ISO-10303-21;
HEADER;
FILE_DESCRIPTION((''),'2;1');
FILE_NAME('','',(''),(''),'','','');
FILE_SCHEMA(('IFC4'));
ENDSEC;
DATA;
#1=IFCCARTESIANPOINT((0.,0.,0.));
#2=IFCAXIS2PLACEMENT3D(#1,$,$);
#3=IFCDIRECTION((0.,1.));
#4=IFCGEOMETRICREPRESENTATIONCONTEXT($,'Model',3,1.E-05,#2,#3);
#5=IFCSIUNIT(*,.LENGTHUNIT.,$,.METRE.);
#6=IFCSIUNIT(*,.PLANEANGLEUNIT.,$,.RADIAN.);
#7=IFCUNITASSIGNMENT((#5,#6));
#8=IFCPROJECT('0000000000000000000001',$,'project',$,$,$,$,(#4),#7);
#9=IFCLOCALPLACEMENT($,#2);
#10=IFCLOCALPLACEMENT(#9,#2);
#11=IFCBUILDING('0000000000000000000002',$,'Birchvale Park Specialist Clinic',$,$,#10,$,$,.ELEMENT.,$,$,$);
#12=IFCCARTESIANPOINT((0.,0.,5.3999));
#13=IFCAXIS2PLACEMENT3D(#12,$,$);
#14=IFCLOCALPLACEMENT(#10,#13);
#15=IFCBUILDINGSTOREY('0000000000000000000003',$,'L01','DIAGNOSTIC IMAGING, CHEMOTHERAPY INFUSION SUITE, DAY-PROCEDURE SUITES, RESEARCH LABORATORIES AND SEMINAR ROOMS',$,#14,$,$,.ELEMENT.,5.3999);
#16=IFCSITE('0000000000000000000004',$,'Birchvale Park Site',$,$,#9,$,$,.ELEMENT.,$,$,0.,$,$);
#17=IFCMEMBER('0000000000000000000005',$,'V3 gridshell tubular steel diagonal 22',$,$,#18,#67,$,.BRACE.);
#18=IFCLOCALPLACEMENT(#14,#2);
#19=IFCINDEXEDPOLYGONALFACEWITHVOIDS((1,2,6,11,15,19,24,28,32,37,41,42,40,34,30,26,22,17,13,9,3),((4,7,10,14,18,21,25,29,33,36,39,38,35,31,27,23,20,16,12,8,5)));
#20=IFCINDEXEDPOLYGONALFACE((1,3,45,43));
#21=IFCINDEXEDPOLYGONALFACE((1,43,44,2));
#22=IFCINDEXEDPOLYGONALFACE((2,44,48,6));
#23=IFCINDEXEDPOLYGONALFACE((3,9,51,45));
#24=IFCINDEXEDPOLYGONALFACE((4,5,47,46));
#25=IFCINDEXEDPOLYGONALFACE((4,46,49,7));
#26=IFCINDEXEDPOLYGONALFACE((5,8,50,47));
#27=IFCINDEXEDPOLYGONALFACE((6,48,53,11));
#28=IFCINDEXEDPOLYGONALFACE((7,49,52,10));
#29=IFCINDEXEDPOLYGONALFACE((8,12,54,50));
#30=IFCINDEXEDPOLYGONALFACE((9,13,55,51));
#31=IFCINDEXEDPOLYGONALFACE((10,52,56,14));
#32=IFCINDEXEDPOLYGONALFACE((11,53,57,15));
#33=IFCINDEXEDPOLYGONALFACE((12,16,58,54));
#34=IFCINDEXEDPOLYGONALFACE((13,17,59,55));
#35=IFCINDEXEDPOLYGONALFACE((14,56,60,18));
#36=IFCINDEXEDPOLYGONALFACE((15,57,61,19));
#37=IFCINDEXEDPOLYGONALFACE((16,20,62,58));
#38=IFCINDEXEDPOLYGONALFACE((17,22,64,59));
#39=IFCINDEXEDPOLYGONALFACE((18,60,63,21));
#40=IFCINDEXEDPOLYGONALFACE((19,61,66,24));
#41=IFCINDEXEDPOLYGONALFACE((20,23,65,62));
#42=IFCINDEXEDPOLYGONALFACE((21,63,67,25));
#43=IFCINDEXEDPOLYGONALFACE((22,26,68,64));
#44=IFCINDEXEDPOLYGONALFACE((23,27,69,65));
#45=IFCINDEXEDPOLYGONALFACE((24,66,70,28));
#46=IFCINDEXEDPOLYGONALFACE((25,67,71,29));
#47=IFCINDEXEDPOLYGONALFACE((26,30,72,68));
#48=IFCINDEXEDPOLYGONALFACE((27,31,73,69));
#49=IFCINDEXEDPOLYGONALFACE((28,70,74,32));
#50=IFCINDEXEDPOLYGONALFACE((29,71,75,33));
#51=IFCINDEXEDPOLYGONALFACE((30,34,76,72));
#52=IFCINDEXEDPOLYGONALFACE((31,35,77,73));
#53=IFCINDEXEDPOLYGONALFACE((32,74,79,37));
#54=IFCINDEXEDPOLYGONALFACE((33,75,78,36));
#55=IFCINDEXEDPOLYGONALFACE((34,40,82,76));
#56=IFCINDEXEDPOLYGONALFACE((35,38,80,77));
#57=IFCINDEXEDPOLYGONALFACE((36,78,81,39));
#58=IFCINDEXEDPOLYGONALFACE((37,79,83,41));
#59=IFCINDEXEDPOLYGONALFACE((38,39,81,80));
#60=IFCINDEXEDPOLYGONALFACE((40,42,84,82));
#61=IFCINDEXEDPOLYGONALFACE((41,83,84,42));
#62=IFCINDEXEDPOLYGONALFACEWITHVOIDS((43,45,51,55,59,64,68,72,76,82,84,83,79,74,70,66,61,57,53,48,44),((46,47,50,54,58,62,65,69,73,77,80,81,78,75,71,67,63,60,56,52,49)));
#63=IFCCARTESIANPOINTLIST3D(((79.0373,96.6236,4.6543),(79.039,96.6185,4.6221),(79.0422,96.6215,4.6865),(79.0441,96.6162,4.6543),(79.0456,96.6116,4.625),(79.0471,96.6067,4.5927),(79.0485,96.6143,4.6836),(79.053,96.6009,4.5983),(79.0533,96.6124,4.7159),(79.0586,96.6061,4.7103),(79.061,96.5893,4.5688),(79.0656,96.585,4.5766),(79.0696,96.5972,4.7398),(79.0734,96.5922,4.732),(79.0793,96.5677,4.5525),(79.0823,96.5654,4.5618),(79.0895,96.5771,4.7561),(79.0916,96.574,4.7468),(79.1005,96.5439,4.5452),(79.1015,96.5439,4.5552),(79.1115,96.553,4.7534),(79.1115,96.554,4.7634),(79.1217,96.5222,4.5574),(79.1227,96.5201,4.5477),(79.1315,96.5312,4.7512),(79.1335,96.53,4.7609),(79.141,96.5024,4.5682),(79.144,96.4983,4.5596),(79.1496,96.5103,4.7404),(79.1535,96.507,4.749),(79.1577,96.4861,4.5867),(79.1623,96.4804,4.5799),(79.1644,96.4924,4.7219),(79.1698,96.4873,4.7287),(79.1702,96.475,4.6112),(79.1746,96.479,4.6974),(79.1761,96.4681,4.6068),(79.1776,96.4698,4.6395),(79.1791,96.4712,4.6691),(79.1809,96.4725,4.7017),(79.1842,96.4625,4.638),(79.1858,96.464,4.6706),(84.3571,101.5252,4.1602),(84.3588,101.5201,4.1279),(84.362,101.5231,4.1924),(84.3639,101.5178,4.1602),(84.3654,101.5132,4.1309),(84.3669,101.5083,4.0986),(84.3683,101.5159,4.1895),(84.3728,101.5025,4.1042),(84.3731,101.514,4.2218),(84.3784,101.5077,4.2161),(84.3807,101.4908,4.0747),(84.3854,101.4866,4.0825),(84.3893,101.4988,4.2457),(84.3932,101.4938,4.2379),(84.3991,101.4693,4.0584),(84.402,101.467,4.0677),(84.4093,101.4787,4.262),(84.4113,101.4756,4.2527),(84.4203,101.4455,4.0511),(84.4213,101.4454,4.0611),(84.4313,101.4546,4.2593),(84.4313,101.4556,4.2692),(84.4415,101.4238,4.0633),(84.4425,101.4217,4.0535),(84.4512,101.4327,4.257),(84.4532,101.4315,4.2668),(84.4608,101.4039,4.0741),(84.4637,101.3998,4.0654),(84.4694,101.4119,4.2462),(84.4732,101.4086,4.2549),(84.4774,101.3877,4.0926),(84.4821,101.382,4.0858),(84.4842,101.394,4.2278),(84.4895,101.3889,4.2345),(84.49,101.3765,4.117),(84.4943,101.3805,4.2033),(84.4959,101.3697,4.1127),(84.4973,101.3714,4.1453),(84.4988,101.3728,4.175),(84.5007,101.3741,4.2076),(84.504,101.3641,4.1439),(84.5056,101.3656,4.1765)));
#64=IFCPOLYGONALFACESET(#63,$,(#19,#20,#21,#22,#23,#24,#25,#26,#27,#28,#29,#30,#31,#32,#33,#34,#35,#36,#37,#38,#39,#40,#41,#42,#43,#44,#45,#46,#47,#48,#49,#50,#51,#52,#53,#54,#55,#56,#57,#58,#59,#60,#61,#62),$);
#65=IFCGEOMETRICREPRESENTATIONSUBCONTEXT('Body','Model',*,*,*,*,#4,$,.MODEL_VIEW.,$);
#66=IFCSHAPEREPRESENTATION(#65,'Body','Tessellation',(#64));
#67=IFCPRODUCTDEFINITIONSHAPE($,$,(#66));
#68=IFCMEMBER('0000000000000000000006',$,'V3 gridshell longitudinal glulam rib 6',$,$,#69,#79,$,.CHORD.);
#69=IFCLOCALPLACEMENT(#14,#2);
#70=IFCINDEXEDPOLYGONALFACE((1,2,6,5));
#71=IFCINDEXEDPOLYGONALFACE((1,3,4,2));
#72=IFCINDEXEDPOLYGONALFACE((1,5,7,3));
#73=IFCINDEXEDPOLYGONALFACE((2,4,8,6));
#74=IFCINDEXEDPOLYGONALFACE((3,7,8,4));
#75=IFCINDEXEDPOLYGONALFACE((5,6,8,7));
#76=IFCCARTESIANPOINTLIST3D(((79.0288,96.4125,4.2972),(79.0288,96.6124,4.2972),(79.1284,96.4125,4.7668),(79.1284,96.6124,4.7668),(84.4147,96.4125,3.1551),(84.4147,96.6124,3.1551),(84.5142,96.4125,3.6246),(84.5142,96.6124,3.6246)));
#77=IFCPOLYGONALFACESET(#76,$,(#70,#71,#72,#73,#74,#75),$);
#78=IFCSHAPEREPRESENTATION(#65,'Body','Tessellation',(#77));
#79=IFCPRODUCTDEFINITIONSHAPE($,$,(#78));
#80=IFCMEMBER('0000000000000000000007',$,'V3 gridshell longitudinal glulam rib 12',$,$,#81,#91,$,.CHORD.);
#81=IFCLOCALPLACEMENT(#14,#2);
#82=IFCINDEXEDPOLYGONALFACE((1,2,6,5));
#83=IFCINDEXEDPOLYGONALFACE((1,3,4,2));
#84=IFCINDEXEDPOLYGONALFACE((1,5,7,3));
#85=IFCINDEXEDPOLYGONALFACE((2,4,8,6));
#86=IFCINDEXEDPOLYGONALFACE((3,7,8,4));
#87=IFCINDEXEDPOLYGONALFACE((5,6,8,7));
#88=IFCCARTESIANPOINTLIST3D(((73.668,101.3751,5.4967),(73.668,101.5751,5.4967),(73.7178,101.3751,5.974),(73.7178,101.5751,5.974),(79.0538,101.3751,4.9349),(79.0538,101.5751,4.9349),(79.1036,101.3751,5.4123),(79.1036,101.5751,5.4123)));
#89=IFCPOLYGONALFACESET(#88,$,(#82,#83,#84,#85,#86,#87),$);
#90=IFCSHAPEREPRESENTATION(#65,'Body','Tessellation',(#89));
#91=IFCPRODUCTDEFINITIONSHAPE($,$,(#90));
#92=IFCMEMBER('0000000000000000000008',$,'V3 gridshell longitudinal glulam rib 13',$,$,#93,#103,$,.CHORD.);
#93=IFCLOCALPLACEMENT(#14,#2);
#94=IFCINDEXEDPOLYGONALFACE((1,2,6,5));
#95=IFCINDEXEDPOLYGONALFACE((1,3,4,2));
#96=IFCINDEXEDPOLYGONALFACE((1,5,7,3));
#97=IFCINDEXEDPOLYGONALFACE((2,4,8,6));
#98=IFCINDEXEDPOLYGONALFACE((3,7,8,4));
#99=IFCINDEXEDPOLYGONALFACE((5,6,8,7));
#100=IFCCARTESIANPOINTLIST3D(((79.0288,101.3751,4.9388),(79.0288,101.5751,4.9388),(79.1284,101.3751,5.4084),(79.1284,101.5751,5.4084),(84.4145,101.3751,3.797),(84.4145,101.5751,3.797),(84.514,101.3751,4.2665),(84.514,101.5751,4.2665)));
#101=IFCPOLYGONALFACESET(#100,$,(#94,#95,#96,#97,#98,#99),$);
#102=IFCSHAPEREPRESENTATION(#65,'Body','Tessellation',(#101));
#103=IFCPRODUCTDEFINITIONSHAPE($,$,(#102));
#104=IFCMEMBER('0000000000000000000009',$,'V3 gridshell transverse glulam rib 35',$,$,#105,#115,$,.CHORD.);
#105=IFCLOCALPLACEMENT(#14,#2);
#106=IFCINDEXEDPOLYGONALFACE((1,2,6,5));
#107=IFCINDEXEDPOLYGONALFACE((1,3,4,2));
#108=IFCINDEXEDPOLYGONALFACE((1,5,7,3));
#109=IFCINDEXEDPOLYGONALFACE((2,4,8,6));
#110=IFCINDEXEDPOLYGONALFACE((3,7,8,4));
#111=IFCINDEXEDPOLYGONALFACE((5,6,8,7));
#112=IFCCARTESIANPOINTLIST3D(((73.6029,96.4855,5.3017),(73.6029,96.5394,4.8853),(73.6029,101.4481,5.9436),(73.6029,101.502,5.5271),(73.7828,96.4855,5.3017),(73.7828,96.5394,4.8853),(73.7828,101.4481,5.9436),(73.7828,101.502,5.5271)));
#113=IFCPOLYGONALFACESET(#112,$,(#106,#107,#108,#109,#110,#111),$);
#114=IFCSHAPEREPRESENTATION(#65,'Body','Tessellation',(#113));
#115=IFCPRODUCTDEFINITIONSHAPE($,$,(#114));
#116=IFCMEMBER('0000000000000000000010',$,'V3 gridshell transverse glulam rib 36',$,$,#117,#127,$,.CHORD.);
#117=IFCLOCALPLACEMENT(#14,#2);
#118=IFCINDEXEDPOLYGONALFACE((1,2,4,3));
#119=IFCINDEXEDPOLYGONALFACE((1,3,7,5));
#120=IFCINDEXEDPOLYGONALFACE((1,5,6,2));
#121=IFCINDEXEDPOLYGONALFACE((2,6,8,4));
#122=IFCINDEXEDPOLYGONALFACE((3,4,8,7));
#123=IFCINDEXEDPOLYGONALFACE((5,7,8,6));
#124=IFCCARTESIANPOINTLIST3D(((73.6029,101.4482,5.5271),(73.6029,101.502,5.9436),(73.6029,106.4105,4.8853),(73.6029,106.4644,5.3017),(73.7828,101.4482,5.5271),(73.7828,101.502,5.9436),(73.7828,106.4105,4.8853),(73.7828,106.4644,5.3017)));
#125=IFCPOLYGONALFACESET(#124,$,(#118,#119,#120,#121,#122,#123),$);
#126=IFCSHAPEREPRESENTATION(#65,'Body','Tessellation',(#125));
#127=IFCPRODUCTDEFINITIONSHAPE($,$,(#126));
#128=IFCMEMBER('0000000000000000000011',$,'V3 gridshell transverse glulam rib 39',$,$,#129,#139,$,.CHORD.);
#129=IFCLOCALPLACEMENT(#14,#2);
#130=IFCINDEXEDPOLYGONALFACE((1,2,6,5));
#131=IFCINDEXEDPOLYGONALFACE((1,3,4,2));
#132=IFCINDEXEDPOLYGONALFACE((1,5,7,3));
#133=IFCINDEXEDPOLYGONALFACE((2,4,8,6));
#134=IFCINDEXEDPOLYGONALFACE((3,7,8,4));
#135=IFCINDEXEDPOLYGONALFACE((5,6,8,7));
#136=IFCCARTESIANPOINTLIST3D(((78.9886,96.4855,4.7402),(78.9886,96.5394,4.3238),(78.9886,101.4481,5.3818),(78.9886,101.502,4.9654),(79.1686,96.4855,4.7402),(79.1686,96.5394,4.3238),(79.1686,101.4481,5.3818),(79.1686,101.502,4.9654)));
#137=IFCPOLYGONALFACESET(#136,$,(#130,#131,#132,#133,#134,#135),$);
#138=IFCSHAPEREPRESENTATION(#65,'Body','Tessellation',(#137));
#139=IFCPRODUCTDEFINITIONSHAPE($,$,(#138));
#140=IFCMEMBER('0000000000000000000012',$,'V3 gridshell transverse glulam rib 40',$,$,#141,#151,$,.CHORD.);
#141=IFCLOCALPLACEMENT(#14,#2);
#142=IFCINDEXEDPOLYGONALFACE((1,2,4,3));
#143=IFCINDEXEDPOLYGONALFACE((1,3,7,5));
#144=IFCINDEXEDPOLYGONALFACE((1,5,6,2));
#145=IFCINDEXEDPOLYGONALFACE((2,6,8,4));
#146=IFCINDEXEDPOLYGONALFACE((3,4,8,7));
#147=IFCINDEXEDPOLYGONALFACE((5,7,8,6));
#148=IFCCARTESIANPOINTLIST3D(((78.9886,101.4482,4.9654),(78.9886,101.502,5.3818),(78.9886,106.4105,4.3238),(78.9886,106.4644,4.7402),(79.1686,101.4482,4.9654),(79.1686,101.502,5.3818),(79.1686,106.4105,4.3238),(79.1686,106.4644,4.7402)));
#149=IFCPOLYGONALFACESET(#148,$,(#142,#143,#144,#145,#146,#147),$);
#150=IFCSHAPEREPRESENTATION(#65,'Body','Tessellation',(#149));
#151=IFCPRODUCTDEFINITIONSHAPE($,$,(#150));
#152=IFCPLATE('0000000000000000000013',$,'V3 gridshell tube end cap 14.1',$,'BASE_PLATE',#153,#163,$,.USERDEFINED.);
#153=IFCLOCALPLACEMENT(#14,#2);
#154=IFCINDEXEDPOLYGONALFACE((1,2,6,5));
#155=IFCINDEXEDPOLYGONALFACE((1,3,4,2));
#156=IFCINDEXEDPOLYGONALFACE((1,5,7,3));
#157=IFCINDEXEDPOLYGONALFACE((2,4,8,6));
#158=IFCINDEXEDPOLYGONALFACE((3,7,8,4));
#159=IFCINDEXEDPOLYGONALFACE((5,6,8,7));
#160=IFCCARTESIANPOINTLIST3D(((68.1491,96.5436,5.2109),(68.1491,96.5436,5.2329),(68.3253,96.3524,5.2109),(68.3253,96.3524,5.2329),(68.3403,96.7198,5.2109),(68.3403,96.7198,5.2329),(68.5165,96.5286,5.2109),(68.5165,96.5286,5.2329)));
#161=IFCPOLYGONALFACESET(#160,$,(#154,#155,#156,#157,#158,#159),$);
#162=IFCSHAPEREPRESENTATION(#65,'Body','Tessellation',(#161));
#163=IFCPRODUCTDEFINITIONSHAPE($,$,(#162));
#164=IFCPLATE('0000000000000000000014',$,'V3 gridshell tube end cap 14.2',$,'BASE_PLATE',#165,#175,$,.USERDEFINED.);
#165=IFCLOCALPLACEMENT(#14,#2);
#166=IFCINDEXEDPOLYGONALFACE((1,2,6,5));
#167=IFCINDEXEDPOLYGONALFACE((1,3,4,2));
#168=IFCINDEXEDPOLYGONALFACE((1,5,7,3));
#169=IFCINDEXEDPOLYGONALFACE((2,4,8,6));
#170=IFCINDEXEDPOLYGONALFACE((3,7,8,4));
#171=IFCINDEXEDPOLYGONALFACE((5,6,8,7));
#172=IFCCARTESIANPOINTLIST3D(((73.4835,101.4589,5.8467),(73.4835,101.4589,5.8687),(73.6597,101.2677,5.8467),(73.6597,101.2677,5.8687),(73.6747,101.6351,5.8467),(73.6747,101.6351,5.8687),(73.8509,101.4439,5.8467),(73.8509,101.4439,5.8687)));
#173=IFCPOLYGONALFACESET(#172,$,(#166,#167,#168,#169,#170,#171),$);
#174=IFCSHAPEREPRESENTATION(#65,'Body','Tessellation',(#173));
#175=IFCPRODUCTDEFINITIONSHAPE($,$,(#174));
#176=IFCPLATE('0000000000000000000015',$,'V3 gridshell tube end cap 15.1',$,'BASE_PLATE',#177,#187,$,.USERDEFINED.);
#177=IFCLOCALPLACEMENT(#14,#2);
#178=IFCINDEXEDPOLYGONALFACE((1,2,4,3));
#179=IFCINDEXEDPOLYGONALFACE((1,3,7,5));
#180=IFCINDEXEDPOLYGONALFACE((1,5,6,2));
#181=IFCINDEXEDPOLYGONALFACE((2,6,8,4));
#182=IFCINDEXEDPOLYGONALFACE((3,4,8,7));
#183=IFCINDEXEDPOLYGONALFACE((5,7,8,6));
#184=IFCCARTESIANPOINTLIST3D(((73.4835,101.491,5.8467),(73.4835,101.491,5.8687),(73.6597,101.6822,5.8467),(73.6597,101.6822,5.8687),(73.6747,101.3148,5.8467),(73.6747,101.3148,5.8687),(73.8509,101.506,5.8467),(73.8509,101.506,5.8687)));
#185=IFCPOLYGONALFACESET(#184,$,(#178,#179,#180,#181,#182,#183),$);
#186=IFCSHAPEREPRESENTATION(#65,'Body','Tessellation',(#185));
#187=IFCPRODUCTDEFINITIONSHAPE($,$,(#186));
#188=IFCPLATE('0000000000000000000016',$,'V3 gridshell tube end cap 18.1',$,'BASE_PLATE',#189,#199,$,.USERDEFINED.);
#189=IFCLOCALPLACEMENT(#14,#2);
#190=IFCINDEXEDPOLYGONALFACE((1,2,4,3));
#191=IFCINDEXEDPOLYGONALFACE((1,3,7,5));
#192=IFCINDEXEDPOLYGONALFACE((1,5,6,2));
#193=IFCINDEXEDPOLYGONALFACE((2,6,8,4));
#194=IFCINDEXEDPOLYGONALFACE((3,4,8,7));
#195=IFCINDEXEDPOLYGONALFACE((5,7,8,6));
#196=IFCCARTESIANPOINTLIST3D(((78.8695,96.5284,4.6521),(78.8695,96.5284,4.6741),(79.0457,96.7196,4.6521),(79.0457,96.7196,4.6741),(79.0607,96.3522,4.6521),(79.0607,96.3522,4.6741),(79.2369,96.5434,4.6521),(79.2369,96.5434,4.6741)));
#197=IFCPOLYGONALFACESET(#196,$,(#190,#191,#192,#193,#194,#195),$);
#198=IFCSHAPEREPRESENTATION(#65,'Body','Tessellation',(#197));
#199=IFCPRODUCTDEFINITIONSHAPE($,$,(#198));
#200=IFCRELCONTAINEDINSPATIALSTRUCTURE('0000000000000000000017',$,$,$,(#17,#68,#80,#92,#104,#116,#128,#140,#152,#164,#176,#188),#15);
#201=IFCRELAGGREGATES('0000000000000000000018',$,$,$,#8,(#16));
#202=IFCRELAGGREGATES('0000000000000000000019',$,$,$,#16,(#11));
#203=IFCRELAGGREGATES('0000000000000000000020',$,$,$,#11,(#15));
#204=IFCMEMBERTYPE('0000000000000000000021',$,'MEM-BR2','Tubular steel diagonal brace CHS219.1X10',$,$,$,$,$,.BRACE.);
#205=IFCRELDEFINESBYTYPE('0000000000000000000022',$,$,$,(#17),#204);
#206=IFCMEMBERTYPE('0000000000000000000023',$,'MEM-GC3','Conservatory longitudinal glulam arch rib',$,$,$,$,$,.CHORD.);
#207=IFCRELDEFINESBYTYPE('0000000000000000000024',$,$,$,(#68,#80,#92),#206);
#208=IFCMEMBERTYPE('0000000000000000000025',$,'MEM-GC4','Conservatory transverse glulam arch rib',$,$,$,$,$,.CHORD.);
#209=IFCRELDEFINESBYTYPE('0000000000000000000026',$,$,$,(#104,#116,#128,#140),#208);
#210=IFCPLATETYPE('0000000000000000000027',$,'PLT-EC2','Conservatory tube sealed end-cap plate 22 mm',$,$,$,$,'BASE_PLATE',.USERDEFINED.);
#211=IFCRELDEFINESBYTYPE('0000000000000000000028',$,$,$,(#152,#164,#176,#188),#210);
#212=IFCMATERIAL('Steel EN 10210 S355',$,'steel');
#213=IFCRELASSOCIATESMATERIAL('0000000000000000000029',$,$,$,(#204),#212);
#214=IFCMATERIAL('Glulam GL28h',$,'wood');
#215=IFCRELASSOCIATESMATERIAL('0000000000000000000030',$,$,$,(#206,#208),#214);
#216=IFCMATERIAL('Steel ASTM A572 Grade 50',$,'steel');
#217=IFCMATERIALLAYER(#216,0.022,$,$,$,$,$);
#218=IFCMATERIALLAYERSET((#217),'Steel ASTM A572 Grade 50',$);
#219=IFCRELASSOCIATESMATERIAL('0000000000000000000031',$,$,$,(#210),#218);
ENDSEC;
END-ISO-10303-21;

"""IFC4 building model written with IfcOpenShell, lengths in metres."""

from ifc_helpers import new_model, si_unit, direction, frame, origin, origin_2d, place, context, subcontext, project, spatial, rectangle, hollow_circle, extrude, material, layer, layer_set, material_profile, profile_set, type_object, element, save


model = new_model("IFC4")

# Units and contexts
model_context = context("Model", 3, precision=1e-05, world=origin(), true_north=direction((0.0, 1.0)))
body_context = subcontext(model_context, "Body", "Model", "MODEL_VIEW")
ifc_project = project(units=[si_unit("LENGTHUNIT", "METRE"), si_unit("PLANEANGLEUNIT", "RADIAN")], contexts=[model_context])

# Site, building, storey
site_placement = place(None, origin())
site = spatial("IfcSite", under=ifc_project, at=site_placement, Name="Birchvale Park Site", CompositionType="ELEMENT", RefElevation=0.0)
building_placement = place(site_placement, origin())
building = spatial("IfcBuilding", under=site, at=building_placement, Name="Birchvale Park Specialist Clinic", CompositionType="ELEMENT")
storey_placement = place(building_placement, frame((0.0, 0.0, 5.3999)))
storey = spatial("IfcBuildingStorey", under=building, at=storey_placement, Name="L01", Description="DIAGNOSTIC IMAGING, CHEMOTHERAPY INFUSION SUITE, DAY-PROCEDURE SUITES, RESEARCH LABORATORIES AND SEMINAR ROOMS", CompositionType="ELEMENT", Elevation=5.3999)

# Members
ifc_material_1 = material(Name="Steel EN 10210 S355", Category="steel")
ifc_material_profile_1 = material_profile(ifc_material_1, hollow_circle(Radius=0.1096, WallThickness=0.01, at=origin_2d()), Name="CHS219.1X10")
ifc_profile_set_1 = profile_set([ifc_material_profile_1], Name="Steel EN 10210 S355")
member_type_1 = type_object("IfcMemberType", Name="MEM-BR2", Description="Tubular steel diagonal brace CHS219.1X10", PredefinedType="BRACE", material=ifc_profile_set_1)
member_1_placement = place(storey_placement, frame((79.1116, 96.543, 4.6543), z_axis=(0.733713, 0.676033, -0.068152), x_axis=(-0.677608, 0.735423, 0.0)))
element("IfcMember", 1, at=member_1_placement, inside=storey, type_object=member_type_1, Name="V3 gridshell tubular steel diagonal 22", PredefinedType="BRACE", context=body_context, shape_type="SweptSolid", body=[
    extrude(hollow_circle(Radius=0.1096, WallThickness=0.01, at=origin_2d()), origin(), (0.0, 0.0, 1.0), 7.2505),
])
ifc_material_2 = material(Name="Glulam GL28h", Category="wood")
ifc_material_profile_2 = material_profile(ifc_material_2, rectangle(XDim=0.2, YDim=0.48, at=origin_2d()), Name="GL-200x480")
ifc_profile_set_2 = profile_set([ifc_material_profile_2], Name="Glulam GL28h")
member_type_2 = type_object("IfcMemberType", Name="MEM-GC3", Description="Conservatory longitudinal glulam arch rib", PredefinedType="CHORD", material=ifc_profile_set_2)
member_2_placement = place(storey_placement, frame((79.0786, 96.5125, 4.532), z_axis=(0.978247, 0.0, -0.207445), x_axis=(0.0, 1.0, 0.0)))
element("IfcMember", 2, at=member_2_placement, inside=storey, type_object=member_type_2, Name="V3 gridshell longitudinal glulam rib 6", PredefinedType="CHORD", context=body_context, shape_type="SweptSolid", body=[
    extrude(rectangle(XDim=0.2, YDim=0.48, at=origin_2d()), origin(), (0.0, 0.0, 1.0), 5.5056),
])
member_3_placement = place(storey_placement, frame((73.6929, 101.4751, 5.7354), z_axis=(0.994604, 0.0, -0.103744), x_axis=(0.0, 1.0, 0.0)))
element("IfcMember", 3, at=member_3_placement, inside=storey, type_object=member_type_2, Name="V3 gridshell longitudinal glulam rib 12", PredefinedType="CHORD", context=body_context, shape_type="SweptSolid", body=[
    extrude(rectangle(XDim=0.2, YDim=0.48, at=origin_2d()), origin(), (0.0, 0.0, 1.0), 5.415),
])
member_4_placement = place(storey_placement, frame((79.0786, 101.4751, 5.1736), z_axis=(0.978256, 0.0, -0.207403), x_axis=(0.0, 1.0, 0.0)))
element("IfcMember", 4, at=member_4_placement, inside=storey, type_object=member_type_2, Name="V3 gridshell longitudinal glulam rib 13", PredefinedType="CHORD", context=body_context, shape_type="SweptSolid", body=[
    extrude(rectangle(XDim=0.2, YDim=0.48, at=origin_2d()), origin(), (0.0, 0.0, 1.0), 5.5054),
])
ifc_material_profile_3 = material_profile(ifc_material_2, rectangle(XDim=0.1799, YDim=0.4199, at=origin_2d()), Name="GL-180x420")
ifc_profile_set_3 = profile_set([ifc_material_profile_3], Name="Glulam GL28h")
member_type_3 = type_object("IfcMemberType", Name="MEM-GC4", Description="Conservatory transverse glulam arch rib", PredefinedType="CHORD", material=ifc_profile_set_3)
member_5_placement = place(storey_placement, frame((73.6929, 96.5125, 5.0935), z_axis=(0.0, 0.99174, 0.128267), x_axis=(-1.0, 0.0, 0.0)))
element("IfcMember", 5, at=member_5_placement, inside=storey, type_object=member_type_3, Name="V3 gridshell transverse glulam rib 35", PredefinedType="CHORD", context=body_context, shape_type="SweptSolid", body=[
    extrude(rectangle(XDim=0.1799, YDim=0.4199, at=origin_2d()), origin(), (0.0, 0.0, 1.0), 5.0039),
])
member_6_placement = place(storey_placement, frame((73.6929, 101.4751, 5.7354), z_axis=(0.0, 0.991739, -0.128273), x_axis=(-1.0, 0.0, 0.0)))
element("IfcMember", 6, at=member_6_placement, inside=storey, type_object=member_type_3, Name="V3 gridshell transverse glulam rib 36", PredefinedType="CHORD", context=body_context, shape_type="SweptSolid", body=[
    extrude(rectangle(XDim=0.1799, YDim=0.4199, at=origin_2d()), origin(), (0.0, 0.0, 1.0), 5.0037),
])
member_7_placement = place(storey_placement, frame((79.0786, 96.5125, 4.532), z_axis=(0.0, 0.991746, 0.128219), x_axis=(-1.0, 0.0, 0.0)))
element("IfcMember", 7, at=member_7_placement, inside=storey, type_object=member_type_3, Name="V3 gridshell transverse glulam rib 39", PredefinedType="CHORD", context=body_context, shape_type="SweptSolid", body=[
    extrude(rectangle(XDim=0.1799, YDim=0.4199, at=origin_2d()), origin(), (0.0, 0.0, 1.0), 5.0039),
])
member_8_placement = place(storey_placement, frame((79.0786, 101.4751, 5.1736), z_axis=(0.0, 0.991745, -0.128225), x_axis=(-1.0, 0.0, 0.0)))
element("IfcMember", 8, at=member_8_placement, inside=storey, type_object=member_type_3, Name="V3 gridshell transverse glulam rib 40", PredefinedType="CHORD", context=body_context, shape_type="SweptSolid", body=[
    extrude(rectangle(XDim=0.1799, YDim=0.4199, at=origin_2d()), origin(), (0.0, 0.0, 1.0), 5.0037),
])

# Plates
ifc_material_3 = material(Name="Steel ASTM A572 Grade 50", Category="steel")
ifc_layer_1 = layer(ifc_material_3, 0.022)
ifc_layer_set_1 = layer_set([ifc_layer_1], Name="Steel ASTM A572 Grade 50")
plate_type_1 = type_object("IfcPlateType", Name="PLT-EC2", Description="Conservatory tube sealed end-cap plate 22 mm", ElementType="BASE_PLATE", PredefinedType="USERDEFINED", material=ifc_layer_set_1)
for number, where, z_axis, x_axis, name in (
    (9, (68.3328, 96.5361, 5.2109), (0.0, 0.0, 1.0), (0.735388, 0.677646, 0.0), "V3 gridshell tube end cap 14.1"),
    (10, (73.6672, 101.4514, 5.8467), (0.0, 0.0, 1.0), (0.735388, 0.677646, 0.0), "V3 gridshell tube end cap 14.2"),
    (11, (73.6672, 101.4985, 5.8467), (0.0, 0.0, 1.0), (-0.735388, 0.677646, 0.0), "V3 gridshell tube end cap 15.1"),
    (12, (79.0532, 96.5359, 4.6521), (0.0, 0.0, 1.0), (-0.735388, 0.677646, 0.0), "V3 gridshell tube end cap 18.1"),
):
    element("IfcPlate", number, at=place(storey_placement, frame(where, z_axis=z_axis, x_axis=x_axis)), inside=storey, type_object=plate_type_1, Name=name, ObjectType="BASE_PLATE", PredefinedType="USERDEFINED", context=body_context, shape_type="SweptSolid", body=[
        extrude(rectangle(XDim=0.26, YDim=0.26, at=origin_2d()), origin(), (0.0, 0.0, 1.0), 0.022),
    ])

save(model, "model.ifc")
